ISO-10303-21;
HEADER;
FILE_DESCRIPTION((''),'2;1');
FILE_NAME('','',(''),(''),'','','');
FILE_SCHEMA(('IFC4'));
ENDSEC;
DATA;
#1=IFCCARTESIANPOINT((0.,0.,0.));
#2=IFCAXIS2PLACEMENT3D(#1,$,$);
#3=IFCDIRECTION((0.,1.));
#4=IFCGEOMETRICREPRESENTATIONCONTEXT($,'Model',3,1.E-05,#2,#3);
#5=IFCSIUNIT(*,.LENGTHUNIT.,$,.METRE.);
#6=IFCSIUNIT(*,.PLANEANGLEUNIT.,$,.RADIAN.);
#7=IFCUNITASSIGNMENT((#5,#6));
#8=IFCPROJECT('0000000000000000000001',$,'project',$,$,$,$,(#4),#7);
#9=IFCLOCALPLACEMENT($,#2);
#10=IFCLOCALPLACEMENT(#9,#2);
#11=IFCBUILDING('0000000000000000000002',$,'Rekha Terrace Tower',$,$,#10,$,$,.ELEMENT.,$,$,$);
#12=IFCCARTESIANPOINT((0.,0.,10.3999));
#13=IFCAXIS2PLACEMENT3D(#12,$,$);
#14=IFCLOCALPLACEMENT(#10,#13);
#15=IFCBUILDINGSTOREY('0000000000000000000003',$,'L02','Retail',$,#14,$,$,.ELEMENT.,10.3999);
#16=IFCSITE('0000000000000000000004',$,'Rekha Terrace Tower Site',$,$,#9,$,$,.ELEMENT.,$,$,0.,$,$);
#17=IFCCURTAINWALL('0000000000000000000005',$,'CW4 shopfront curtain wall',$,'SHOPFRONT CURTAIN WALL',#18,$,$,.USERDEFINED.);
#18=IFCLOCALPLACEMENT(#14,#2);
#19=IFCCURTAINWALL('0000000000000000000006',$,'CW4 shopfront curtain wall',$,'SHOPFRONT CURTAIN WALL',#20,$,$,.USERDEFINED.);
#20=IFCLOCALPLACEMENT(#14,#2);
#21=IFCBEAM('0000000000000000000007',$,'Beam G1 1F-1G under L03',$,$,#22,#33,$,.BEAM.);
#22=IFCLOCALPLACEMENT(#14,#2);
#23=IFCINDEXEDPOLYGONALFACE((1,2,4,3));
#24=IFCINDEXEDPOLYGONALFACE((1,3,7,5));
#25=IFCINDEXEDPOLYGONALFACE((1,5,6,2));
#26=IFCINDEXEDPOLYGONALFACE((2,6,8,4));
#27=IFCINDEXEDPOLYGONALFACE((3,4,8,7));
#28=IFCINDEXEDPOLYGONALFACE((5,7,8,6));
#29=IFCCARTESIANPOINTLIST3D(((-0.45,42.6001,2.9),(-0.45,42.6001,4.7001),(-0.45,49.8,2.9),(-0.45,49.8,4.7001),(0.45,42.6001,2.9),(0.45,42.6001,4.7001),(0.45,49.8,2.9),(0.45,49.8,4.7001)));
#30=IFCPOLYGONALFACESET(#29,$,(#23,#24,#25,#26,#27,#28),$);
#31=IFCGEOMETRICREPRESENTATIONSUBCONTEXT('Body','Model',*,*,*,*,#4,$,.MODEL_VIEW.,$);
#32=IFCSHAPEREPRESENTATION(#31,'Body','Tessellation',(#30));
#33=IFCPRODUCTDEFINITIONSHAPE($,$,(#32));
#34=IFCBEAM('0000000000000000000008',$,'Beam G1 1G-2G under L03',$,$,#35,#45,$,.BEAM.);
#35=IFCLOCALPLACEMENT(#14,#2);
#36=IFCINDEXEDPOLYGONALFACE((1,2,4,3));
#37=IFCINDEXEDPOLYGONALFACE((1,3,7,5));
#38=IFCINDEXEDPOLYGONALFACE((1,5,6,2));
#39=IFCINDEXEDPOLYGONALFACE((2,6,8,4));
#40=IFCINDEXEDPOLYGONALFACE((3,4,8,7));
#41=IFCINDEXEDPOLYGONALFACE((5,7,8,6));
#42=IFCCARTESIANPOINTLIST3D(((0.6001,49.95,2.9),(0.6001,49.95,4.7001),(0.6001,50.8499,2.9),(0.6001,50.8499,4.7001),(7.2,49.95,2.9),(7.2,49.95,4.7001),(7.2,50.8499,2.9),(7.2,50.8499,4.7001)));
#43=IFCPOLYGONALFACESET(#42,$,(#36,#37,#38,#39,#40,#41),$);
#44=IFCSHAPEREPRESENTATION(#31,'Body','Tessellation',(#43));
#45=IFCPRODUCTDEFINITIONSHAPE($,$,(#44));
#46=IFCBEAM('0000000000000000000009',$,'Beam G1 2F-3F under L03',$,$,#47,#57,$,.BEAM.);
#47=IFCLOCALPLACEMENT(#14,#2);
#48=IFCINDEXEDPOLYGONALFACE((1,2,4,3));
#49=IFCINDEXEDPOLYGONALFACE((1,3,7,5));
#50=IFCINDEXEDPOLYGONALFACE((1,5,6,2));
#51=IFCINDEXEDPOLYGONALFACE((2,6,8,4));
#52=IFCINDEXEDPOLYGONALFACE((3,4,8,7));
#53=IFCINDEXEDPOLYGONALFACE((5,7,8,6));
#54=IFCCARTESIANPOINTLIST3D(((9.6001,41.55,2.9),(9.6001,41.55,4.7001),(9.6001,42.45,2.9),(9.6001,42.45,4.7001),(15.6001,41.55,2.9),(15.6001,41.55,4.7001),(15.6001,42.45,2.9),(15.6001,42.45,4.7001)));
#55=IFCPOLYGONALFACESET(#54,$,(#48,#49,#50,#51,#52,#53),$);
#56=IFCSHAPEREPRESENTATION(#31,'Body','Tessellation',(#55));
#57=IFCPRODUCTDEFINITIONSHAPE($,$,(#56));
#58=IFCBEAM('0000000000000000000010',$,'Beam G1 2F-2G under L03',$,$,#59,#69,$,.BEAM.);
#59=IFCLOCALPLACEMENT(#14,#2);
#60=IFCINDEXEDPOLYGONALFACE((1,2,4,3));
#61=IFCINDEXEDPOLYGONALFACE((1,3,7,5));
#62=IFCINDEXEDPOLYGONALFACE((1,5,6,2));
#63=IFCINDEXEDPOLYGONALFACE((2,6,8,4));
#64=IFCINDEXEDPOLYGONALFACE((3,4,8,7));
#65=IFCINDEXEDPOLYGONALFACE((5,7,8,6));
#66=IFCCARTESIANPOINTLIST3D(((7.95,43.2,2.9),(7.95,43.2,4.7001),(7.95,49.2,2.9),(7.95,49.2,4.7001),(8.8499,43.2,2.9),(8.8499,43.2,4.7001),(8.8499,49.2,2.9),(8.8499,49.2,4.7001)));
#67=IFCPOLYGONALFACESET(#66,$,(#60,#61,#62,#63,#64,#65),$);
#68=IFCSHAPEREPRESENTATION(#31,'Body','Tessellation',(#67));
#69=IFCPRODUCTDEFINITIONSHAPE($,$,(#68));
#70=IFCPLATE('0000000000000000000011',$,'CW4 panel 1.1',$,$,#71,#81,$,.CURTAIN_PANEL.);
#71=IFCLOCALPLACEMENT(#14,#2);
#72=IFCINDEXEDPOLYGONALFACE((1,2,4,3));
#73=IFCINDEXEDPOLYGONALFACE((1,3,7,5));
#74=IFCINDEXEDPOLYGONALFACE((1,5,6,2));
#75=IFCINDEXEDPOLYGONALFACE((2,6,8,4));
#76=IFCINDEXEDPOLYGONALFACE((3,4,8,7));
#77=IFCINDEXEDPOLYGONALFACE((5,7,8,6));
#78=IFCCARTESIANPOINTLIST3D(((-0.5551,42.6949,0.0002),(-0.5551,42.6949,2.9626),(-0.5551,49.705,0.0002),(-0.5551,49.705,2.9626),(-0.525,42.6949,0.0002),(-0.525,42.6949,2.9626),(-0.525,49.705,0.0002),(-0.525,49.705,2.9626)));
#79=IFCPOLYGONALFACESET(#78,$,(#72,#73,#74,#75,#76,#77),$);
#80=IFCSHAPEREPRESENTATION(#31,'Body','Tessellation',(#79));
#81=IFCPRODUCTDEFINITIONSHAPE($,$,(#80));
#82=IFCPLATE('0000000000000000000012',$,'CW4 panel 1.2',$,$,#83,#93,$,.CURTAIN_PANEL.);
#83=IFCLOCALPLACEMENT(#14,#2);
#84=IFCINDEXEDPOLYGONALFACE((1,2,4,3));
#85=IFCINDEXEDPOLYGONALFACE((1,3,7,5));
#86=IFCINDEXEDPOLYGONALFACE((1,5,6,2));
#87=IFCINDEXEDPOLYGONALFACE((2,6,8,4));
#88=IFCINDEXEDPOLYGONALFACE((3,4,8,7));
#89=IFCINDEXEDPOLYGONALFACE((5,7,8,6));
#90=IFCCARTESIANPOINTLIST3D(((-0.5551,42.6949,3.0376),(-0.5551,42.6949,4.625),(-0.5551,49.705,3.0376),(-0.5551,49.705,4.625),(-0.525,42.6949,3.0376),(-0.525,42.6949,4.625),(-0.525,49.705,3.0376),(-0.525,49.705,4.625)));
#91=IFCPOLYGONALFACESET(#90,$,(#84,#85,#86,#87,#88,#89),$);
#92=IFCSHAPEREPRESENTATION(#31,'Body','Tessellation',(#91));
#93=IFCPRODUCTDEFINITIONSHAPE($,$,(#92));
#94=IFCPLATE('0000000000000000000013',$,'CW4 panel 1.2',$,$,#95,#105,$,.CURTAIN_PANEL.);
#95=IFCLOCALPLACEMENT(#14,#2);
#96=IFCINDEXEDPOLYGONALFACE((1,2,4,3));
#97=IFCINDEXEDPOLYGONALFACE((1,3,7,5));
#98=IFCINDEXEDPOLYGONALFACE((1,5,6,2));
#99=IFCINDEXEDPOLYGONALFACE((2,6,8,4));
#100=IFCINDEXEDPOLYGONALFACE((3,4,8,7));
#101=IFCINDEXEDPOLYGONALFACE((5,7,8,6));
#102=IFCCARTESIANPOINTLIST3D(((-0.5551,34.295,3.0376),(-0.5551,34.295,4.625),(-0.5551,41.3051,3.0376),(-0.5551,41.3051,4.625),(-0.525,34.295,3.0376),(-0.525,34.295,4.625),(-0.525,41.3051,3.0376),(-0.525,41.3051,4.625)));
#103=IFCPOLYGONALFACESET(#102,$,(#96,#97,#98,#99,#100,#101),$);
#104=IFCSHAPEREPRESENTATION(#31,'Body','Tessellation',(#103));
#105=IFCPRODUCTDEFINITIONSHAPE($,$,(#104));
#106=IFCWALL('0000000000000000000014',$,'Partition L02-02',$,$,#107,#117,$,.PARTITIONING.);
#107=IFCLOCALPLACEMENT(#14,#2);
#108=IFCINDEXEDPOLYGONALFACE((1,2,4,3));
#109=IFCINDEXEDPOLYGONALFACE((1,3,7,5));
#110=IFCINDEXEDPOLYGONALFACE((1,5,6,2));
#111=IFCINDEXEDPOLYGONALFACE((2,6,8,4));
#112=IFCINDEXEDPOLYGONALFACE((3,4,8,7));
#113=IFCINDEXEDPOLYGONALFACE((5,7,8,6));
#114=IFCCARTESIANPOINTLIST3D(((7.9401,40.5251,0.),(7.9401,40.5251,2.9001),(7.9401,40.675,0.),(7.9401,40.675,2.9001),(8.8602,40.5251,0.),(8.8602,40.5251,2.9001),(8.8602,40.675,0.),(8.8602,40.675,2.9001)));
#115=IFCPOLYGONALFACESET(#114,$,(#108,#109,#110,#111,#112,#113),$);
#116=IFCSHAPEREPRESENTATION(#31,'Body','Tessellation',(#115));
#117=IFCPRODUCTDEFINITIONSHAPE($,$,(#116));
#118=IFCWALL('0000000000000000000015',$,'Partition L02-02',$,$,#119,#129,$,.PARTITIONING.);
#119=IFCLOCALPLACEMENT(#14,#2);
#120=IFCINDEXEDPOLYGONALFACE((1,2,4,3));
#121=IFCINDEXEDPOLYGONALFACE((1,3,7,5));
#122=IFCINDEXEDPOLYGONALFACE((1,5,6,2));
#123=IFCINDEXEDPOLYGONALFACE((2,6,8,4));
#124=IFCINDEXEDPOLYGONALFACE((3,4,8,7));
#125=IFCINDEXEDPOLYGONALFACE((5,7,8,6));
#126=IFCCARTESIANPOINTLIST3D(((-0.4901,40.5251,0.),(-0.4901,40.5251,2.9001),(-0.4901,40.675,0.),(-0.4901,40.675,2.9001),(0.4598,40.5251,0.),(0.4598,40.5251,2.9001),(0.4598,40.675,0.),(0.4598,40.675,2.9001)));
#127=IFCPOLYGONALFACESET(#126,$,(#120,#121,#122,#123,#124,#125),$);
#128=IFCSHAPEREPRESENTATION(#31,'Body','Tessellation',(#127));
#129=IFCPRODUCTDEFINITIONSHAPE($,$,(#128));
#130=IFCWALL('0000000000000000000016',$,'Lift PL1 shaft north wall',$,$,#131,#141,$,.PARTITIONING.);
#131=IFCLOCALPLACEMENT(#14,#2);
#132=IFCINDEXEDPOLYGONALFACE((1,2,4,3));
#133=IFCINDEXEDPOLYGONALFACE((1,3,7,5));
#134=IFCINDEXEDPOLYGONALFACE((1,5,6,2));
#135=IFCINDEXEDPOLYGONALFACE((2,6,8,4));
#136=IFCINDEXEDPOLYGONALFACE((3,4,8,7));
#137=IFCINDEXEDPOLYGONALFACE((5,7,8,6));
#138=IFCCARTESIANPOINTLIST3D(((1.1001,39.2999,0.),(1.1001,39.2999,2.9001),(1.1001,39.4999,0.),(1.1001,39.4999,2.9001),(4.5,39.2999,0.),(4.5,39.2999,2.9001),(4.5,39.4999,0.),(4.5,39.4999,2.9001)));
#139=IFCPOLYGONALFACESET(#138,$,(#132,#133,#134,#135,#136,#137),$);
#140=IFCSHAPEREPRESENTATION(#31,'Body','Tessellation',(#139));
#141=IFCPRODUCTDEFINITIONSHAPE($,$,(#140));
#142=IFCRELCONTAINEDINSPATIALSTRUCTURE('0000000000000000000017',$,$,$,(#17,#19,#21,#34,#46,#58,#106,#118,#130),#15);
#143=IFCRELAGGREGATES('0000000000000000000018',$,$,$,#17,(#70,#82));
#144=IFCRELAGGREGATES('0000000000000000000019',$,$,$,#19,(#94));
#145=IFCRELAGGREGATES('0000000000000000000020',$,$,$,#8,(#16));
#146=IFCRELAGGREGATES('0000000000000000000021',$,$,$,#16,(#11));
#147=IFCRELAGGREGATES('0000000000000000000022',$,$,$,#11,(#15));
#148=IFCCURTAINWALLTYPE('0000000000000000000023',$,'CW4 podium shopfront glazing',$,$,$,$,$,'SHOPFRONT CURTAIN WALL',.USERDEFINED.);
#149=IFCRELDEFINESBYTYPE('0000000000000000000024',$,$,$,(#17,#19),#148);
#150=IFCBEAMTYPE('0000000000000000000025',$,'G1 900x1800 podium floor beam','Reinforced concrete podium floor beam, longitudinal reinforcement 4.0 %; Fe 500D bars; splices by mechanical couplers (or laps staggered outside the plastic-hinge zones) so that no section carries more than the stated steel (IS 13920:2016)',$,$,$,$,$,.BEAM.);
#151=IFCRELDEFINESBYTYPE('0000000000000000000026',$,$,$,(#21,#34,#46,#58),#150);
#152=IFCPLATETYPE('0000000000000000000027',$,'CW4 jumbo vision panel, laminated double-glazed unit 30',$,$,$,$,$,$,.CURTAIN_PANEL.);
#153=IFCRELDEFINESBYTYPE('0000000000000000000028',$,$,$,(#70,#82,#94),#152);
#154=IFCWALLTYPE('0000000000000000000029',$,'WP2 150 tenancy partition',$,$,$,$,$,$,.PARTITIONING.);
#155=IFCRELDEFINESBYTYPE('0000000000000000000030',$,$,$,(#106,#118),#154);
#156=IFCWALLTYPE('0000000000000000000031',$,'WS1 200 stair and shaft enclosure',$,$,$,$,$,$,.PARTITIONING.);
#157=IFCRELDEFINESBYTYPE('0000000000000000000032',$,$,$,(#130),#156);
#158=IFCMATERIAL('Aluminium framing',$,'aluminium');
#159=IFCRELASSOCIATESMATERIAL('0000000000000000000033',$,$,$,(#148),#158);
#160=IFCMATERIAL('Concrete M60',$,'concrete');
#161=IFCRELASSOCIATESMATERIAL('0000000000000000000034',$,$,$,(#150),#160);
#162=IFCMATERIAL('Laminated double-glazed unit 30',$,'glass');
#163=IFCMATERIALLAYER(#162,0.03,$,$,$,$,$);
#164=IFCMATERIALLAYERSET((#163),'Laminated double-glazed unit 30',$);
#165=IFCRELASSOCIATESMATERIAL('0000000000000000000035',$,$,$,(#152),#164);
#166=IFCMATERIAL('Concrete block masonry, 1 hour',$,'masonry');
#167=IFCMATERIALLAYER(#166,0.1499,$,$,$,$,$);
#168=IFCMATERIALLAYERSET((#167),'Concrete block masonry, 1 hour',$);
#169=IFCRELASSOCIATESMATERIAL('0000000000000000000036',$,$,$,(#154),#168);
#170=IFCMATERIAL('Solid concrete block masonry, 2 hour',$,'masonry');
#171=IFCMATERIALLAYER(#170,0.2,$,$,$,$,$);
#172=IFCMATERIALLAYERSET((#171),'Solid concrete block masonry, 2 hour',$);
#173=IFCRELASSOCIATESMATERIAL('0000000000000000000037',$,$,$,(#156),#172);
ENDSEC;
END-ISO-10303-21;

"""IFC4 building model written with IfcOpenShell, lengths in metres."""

from ifc_helpers import new_model, si_unit, direction, frame, frame_2d, origin, origin_2d, place, context, subcontext, project, spatial, rectangle, extrude, material, layer, layer_set, material_profile, profile_set, type_object, element, aggregate, save


model = new_model("IFC4")

# Units and contexts
model_context = context("Model", 3, precision=1e-05, world=origin(), true_north=direction((0.0, 1.0)))
body_context = subcontext(model_context, "Body", "Model", "MODEL_VIEW")
ifc_project = project(units=[si_unit("LENGTHUNIT", "METRE"), si_unit("PLANEANGLEUNIT", "RADIAN")], contexts=[model_context])

# Site, building, storey
site_placement = place(None, origin())
site = spatial("IfcSite", under=ifc_project, at=site_placement, Name="Rekha Terrace Tower Site", CompositionType="ELEMENT", RefElevation=0.0)
building_placement = place(site_placement, origin())
building = spatial("IfcBuilding", under=site, at=building_placement, Name="Rekha Terrace Tower", CompositionType="ELEMENT")
storey_placement = place(building_placement, frame((0.0, 0.0, 10.3999)))
storey = spatial("IfcBuildingStorey", under=building, at=storey_placement, Name="L02", Description="Retail", CompositionType="ELEMENT", Elevation=10.3999)

# Shared definitions
ifc_material_1 = material(Name="Concrete M60", Category="concrete")

# Curtain wall
ifc_material_2 = material(Name="Aluminium framing", Category="aluminium")
curtain_wall_type = type_object("IfcCurtainWallType", Name="CW4 podium shopfront glazing", ElementType="SHOPFRONT CURTAIN WALL", PredefinedType="USERDEFINED", material=ifc_material_2)
curtain_wall_1_placement = place(storey_placement, origin())
curtain_wall_1 = element("IfcCurtainWall", 1, at=curtain_wall_1_placement, inside=storey, type_object=curtain_wall_type, Name="CW4 shopfront curtain wall", ObjectType="SHOPFRONT CURTAIN WALL", PredefinedType="USERDEFINED")

# Curtain wall
curtain_wall_2_placement = place(storey_placement, origin())
curtain_wall_2 = element("IfcCurtainWall", 2, at=curtain_wall_2_placement, inside=storey, type_object=curtain_wall_type, Name="CW4 shopfront curtain wall", ObjectType="SHOPFRONT CURTAIN WALL", PredefinedType="USERDEFINED")

# Beams
ifc_material_profile_1 = material_profile(ifc_material_1, rectangle(XDim=0.8999, YDim=1.8, at=origin_2d()), Name="RC 900x1800")
ifc_profile_set_1 = profile_set([ifc_material_profile_1], Name="Concrete M60")
beam_type = type_object("IfcBeamType", Name="G1 900x1800 podium floor beam", Description="Reinforced concrete podium floor beam, longitudinal reinforcement 4.0 %; Fe 500D bars; splices by mechanical couplers (or laps staggered outside the plastic-hinge zones) so that no section carries more than the stated steel (IS 13920:2016)", PredefinedType="BEAM", material=ifc_profile_set_1)
beam_1_placement = place(storey_placement, frame((0.0, 42.6001, 3.8), z_axis=(0.0, 1.0, 0.0), x_axis=(-1.0, 0.0, 0.0)))
element("IfcBeam", 3, at=beam_1_placement, inside=storey, type_object=beam_type, Name="Beam G1 1F-1G under L03", PredefinedType="BEAM", context=body_context, shape_type="SweptSolid", body=[
    extrude(rectangle(XDim=0.8999, YDim=1.8, at=origin_2d()), origin(), (0.0, 0.0, 1.0), 7.2),
])
beam_2_placement = place(storey_placement, frame((0.6001, 50.3999, 3.8), z_axis=(1.0, 0.0, 0.0), x_axis=(0.0, 1.0, 0.0)))
element("IfcBeam", 4, at=beam_2_placement, inside=storey, type_object=beam_type, Name="Beam G1 1G-2G under L03", PredefinedType="BEAM", context=body_context, shape_type="SweptSolid", body=[
    extrude(rectangle(XDim=0.8999, YDim=1.8, at=origin_2d()), origin(), (0.0, 0.0, 1.0), 6.5999),
])
for number, where, z_axis, x_axis, name in (
    (5, (9.6001, 42.0, 3.8), (1.0, 0.0, 0.0), (0.0, 1.0, 0.0), "Beam G1 2F-3F under L03"),
    (6, (8.3999, 43.2, 3.8), (0.0, 1.0, 0.0), (-1.0, 0.0, 0.0), "Beam G1 2F-2G under L03"),
):
    element("IfcBeam", number, at=place(storey_placement, frame(where, z_axis=z_axis, x_axis=x_axis)), inside=storey, type_object=beam_type, Name=name, PredefinedType="BEAM", context=body_context, shape_type="SweptSolid", body=[
        extrude(rectangle(XDim=0.8999, YDim=1.8, at=origin_2d()), origin(), (0.0, 0.0, 1.0), 6.0),
    ])

# Plates
ifc_material_3 = material(Name="Laminated double-glazed unit 30", Category="glass")
ifc_layer_1 = layer(ifc_material_3, 0.03)
ifc_layer_set_1 = layer_set([ifc_layer_1], Name="Laminated double-glazed unit 30")
plate_type = type_object("IfcPlateType", Name="CW4 jumbo vision panel, laminated double-glazed unit 30", PredefinedType="CURTAIN_PANEL", material=ifc_layer_set_1)
plate_1_placement = place(storey_placement, frame((-0.54, 46.2, 0.0002), z_axis=(0.0, 0.0, 1.0), x_axis=(0.0, -1.0, 0.0)))
plate_1 = element("IfcPlate", 7, at=plate_1_placement, type_object=plate_type, Name="CW4 panel 1.1", PredefinedType="CURTAIN_PANEL", context=body_context, shape_type="SweptSolid", body=[
    extrude(rectangle(XDim=7.01, YDim=0.03, at=origin_2d()), origin(), (0.0, 0.0, 1.0), 2.9624),
])
plate_2_placement = place(storey_placement, frame((-0.54, 46.2, 3.0376), z_axis=(0.0, 0.0, 1.0), x_axis=(0.0, -1.0, 0.0)))
plate_2 = element("IfcPlate", 8, at=plate_2_placement, type_object=plate_type, Name="CW4 panel 1.2", PredefinedType="CURTAIN_PANEL", context=body_context, shape_type="SweptSolid", body=[
    extrude(rectangle(XDim=7.01, YDim=0.03, at=origin_2d()), origin(), (0.0, 0.0, 1.0), 1.5874),
])
aggregate(curtain_wall_1, [plate_1, plate_2])
plate_3_placement = place(storey_placement, frame((-0.54, 37.8, 3.0376), z_axis=(0.0, 0.0, 1.0), x_axis=(0.0, -1.0, 0.0)))
plate_3 = element("IfcPlate", 9, at=plate_3_placement, type_object=plate_type, Name="CW4 panel 1.2", PredefinedType="CURTAIN_PANEL", context=body_context, shape_type="SweptSolid", body=[
    extrude(rectangle(XDim=7.01, YDim=0.03, at=origin_2d()), origin(), (0.0, 0.0, 1.0), 1.5874),
])
aggregate(curtain_wall_2, [plate_3])

# Wall
ifc_material_4 = material(Name="Concrete block masonry, 1 hour", Category="masonry")
ifc_layer_2 = layer(ifc_material_4, 0.1499)
ifc_layer_set_2 = layer_set([ifc_layer_2], Name="Concrete block masonry, 1 hour")
wall_type_1 = type_object("IfcWallType", Name="WP2 150 tenancy partition", PredefinedType="PARTITIONING", material=ifc_layer_set_2)
wall_1_placement = place(storey_placement, frame((8.8601, 40.6001, 0.0), z_axis=(0.0, 0.0, 1.0), x_axis=(-1.0, 0.0, 0.0)))
element("IfcWall", 10, at=wall_1_placement, inside=storey, type_object=wall_type_1, Name="Partition L02-02", PredefinedType="PARTITIONING", context=body_context, shape_type="SweptSolid", body=[
    extrude(rectangle(XDim=0.9202, YDim=0.1499, at=frame_2d((0.46, 0.0))), origin(), (0.0, 0.0, 1.0), 2.9001),
])

# Walls
wall_2_placement = place(storey_placement, frame((0.46, 40.6001, 0.0), z_axis=(0.0, 0.0, 1.0), x_axis=(-1.0, 0.0, 0.0)))
element("IfcWall", 11, at=wall_2_placement, inside=storey, type_object=wall_type_1, Name="Partition L02-02", PredefinedType="PARTITIONING", context=body_context, shape_type="SweptSolid", body=[
    extrude(rectangle(XDim=0.95, YDim=0.1499, at=frame_2d((0.4751, 0.0))), origin(), (0.0, 0.0, 1.0), 2.9001),
])
ifc_material_5 = material(Name="Solid concrete block masonry, 2 hour", Category="masonry")
ifc_layer_3 = layer(ifc_material_5, 0.2)
ifc_layer_set_3 = layer_set([ifc_layer_3], Name="Solid concrete block masonry, 2 hour")
wall_type_2 = type_object("IfcWallType", Name="WS1 200 stair and shaft enclosure", PredefinedType="PARTITIONING", material=ifc_layer_set_3)
wall_3_placement = place(storey_placement, frame((1.1001, 39.3999, 0.0), z_axis=(0.0, 0.0, 1.0), x_axis=(1.0, 0.0, 0.0)))
element("IfcWall", 12, at=wall_3_placement, inside=storey, type_object=wall_type_2, Name="Lift PL1 shaft north wall", PredefinedType="PARTITIONING", context=body_context, shape_type="SweptSolid", body=[
    extrude(rectangle(XDim=3.3999, YDim=0.2, at=frame_2d((1.7, 0.0))), origin(), (0.0, 0.0, 1.0), 2.9001),
])

save(model, "model.ifc")
